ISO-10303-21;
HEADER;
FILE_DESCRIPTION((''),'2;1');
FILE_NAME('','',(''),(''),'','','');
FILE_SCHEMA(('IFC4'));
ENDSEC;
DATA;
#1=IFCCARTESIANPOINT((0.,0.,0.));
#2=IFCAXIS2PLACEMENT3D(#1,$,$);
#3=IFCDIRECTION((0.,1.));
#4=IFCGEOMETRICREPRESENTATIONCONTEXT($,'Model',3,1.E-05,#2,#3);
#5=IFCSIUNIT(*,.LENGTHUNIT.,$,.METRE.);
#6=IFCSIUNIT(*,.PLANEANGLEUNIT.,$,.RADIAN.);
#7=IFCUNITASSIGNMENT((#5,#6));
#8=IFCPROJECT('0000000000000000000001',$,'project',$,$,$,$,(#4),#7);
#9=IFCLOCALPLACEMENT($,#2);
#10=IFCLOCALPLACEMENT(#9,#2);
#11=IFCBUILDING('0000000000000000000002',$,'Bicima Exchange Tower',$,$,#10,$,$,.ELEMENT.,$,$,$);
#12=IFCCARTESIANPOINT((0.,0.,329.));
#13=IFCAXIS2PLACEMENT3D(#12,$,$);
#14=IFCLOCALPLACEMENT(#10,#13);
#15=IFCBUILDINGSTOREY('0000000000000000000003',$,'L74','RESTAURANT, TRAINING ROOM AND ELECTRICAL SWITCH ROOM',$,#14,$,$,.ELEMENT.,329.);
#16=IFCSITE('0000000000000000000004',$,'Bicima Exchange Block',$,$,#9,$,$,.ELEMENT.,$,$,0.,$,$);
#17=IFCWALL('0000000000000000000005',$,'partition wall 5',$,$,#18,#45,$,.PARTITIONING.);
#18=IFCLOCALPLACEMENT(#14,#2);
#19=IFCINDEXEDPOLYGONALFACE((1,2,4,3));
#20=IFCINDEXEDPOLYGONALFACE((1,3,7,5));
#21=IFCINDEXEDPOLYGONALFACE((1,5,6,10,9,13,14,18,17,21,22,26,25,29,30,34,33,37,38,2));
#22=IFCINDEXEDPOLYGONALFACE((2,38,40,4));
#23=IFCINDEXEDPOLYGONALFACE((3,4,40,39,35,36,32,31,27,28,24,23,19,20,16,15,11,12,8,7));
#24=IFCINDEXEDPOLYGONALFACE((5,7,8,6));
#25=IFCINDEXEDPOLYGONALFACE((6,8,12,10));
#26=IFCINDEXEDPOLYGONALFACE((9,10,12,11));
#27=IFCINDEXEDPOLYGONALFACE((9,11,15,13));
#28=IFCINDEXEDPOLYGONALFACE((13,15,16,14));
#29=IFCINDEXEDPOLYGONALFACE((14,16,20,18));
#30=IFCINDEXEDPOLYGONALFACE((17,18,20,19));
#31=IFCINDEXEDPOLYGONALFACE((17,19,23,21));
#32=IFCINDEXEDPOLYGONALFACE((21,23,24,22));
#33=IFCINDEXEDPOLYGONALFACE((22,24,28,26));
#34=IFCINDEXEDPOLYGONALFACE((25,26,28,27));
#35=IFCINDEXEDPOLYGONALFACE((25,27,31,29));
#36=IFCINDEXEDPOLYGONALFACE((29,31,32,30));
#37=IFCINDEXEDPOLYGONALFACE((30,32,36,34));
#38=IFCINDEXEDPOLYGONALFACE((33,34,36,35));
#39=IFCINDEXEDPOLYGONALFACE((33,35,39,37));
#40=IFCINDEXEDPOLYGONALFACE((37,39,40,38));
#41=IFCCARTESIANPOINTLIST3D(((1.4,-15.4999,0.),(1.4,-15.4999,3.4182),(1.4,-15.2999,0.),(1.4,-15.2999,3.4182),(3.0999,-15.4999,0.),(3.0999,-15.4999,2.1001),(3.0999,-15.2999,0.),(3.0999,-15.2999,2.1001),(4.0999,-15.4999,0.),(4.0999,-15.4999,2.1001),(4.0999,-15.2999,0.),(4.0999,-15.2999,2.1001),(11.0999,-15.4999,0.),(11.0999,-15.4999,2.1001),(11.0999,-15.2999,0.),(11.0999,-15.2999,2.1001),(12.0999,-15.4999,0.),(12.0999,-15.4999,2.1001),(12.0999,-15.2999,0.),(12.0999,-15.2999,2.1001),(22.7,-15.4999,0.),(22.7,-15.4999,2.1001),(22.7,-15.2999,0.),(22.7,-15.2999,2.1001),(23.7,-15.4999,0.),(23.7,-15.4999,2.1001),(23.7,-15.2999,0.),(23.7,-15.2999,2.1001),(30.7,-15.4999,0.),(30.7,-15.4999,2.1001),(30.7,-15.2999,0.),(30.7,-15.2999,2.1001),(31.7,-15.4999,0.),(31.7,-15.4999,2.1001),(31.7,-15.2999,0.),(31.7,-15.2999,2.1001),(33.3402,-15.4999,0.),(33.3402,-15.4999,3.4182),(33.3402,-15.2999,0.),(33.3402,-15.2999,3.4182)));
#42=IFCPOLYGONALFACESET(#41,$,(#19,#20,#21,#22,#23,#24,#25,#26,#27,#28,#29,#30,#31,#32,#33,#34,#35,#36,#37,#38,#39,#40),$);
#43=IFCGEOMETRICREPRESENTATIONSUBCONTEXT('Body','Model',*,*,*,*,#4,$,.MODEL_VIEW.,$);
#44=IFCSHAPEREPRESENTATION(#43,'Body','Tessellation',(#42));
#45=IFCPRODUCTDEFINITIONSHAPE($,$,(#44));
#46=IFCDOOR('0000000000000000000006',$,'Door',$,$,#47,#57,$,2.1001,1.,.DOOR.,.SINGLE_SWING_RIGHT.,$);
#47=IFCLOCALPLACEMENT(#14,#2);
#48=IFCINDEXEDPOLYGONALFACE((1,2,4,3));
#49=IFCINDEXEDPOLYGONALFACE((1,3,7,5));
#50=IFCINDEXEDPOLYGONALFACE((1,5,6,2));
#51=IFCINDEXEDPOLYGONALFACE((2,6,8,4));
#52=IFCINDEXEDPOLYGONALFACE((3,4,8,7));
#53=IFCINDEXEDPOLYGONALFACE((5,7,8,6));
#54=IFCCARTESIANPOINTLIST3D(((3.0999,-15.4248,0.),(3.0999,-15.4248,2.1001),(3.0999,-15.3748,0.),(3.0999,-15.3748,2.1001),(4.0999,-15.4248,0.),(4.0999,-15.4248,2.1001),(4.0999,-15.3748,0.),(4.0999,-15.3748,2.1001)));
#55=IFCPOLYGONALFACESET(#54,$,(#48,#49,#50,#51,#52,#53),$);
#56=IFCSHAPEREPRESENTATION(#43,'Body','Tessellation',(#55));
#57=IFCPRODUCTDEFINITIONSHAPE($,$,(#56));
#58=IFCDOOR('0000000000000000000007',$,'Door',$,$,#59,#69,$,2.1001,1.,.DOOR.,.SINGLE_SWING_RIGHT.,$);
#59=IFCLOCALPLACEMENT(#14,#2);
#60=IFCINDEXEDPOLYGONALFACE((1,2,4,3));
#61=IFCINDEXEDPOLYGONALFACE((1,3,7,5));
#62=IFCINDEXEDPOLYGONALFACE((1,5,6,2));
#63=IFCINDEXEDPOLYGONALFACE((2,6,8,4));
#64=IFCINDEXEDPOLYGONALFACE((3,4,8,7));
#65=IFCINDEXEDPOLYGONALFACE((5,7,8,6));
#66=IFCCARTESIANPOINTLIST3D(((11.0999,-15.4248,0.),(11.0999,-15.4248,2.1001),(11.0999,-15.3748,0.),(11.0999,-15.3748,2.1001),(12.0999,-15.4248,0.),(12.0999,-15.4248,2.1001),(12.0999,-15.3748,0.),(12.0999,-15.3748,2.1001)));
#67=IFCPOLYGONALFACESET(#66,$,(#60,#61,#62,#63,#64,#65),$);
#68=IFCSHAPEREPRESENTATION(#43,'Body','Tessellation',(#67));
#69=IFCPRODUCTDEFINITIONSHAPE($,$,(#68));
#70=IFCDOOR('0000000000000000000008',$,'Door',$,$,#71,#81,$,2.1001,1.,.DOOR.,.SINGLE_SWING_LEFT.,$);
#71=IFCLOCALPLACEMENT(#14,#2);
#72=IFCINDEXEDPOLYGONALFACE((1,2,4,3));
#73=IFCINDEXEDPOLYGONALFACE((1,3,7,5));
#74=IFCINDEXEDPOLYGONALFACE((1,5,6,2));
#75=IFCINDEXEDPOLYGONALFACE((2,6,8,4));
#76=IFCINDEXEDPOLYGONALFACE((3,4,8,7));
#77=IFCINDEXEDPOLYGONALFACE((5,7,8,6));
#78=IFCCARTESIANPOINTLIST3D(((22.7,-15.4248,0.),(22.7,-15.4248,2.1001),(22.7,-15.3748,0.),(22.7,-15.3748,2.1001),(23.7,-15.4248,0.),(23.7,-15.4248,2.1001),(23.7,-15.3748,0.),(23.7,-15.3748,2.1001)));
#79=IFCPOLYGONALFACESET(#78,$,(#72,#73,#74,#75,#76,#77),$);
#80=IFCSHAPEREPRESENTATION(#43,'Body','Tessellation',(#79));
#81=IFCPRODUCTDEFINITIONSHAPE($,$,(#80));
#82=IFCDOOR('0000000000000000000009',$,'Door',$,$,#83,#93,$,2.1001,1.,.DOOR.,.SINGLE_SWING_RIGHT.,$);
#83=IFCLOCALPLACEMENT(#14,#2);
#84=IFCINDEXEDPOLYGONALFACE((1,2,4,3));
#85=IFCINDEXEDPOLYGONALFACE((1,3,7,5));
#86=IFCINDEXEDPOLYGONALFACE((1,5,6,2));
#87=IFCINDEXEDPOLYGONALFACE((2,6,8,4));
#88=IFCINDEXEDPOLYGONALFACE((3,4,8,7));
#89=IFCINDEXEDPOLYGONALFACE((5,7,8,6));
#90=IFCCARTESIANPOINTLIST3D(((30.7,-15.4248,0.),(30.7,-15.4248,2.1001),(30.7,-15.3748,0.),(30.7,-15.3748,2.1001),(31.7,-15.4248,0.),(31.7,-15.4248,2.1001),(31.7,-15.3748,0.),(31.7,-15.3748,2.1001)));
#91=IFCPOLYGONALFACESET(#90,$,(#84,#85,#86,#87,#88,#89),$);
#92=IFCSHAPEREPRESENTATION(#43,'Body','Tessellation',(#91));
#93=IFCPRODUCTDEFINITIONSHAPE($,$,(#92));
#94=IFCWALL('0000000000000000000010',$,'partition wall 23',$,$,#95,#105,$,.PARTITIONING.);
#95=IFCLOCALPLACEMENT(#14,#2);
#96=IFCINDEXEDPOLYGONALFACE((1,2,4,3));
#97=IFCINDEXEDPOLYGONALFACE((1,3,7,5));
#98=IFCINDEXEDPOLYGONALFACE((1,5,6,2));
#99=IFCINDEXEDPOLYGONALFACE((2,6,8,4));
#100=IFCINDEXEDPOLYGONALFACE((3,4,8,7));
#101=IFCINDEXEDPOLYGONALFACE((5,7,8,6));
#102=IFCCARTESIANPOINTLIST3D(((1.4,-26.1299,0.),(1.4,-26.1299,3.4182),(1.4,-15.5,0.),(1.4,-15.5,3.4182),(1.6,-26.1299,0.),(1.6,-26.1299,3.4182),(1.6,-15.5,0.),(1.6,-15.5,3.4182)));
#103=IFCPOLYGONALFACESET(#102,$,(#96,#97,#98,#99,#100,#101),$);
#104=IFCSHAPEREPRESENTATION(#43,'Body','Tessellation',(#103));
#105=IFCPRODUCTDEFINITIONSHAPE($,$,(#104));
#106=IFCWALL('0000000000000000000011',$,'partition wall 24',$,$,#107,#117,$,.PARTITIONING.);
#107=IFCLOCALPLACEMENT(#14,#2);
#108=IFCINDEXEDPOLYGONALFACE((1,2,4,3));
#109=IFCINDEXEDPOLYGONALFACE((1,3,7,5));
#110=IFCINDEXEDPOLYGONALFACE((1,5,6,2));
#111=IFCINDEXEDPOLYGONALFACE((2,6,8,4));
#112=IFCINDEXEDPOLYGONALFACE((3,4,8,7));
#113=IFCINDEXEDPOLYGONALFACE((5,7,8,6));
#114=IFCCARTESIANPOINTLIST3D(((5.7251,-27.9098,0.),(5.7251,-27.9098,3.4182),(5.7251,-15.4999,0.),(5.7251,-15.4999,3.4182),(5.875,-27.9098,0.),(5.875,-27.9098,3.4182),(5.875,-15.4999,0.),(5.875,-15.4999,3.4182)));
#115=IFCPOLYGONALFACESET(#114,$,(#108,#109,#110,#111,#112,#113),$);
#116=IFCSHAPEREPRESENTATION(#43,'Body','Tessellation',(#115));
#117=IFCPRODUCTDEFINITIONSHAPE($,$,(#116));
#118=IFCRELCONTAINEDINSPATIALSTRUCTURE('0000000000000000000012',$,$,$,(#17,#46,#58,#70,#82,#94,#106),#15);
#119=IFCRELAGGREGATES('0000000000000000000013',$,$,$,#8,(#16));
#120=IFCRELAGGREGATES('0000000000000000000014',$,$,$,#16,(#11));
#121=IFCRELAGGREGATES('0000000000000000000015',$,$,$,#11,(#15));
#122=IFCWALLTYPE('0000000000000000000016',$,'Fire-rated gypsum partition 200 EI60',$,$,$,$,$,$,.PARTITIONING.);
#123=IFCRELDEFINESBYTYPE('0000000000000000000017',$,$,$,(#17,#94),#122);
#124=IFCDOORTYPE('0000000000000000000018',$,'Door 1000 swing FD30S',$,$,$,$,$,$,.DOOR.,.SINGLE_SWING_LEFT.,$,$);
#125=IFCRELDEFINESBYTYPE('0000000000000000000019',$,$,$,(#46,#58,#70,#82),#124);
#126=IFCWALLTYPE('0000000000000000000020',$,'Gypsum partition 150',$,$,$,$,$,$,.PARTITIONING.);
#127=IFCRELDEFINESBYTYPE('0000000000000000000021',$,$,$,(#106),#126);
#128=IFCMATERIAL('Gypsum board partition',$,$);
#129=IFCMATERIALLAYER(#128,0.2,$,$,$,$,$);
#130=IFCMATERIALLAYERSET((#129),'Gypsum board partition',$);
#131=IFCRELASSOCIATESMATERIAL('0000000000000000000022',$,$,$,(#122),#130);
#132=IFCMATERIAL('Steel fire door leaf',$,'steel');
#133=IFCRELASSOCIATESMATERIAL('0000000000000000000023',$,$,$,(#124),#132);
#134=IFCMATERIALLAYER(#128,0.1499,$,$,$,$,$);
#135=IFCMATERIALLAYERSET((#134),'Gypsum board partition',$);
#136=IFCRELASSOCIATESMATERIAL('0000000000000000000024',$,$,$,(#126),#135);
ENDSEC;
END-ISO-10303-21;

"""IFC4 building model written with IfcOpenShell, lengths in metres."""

from ifc_helpers import new_model, si_unit, direction, frame, frame_2d, origin, place, context, subcontext, project, spatial, rectangle, extrude, material, layer, layer_set, type_object, element, fill, save


model = new_model("IFC4")

# Units and contexts
model_context = context("Model", 3, precision=1e-05, world=origin(), true_north=direction((0.0, 1.0)))
body_context = subcontext(model_context, "Body", "Model", "MODEL_VIEW")
ifc_project = project(units=[si_unit("LENGTHUNIT", "METRE"), si_unit("PLANEANGLEUNIT", "RADIAN")], contexts=[model_context])

# Site, building, storey
site_placement = place(None, origin())
site = spatial("IfcSite", under=ifc_project, at=site_placement, Name="Bicima Exchange Block", CompositionType="ELEMENT", RefElevation=0.0)
building_placement = place(site_placement, origin())
building = spatial("IfcBuilding", under=site, at=building_placement, Name="Bicima Exchange Tower", CompositionType="ELEMENT")
storey_placement = place(building_placement, frame((0.0, 0.0, 329.0)))
storey = spatial("IfcBuildingStorey", under=building, at=storey_placement, Name="L74", Description="RESTAURANT, TRAINING ROOM AND ELECTRICAL SWITCH ROOM", CompositionType="ELEMENT", Elevation=329.0)

# Wall, openings, doors
ifc_material_1 = material(Name="Gypsum board partition")
ifc_layer_1 = layer(ifc_material_1, 0.2)
ifc_layer_set_1 = layer_set([ifc_layer_1], Name="Gypsum board partition")
wall_type_1 = type_object("IfcWallType", Name="Fire-rated gypsum partition 200 EI60", PredefinedType="PARTITIONING", material=ifc_layer_set_1)
wall_1_placement = place(storey_placement, frame((1.3999, -15.3999, 0.0), z_axis=(0.0, 0.0, 1.0), x_axis=(1.0, 0.0, 0.0)))
wall_1 = element("IfcWall", 1, at=wall_1_placement, inside=storey, type_object=wall_type_1, Name="partition wall 5", PredefinedType="PARTITIONING", context=body_context, shape_type="SweptSolid", body=[
    extrude(rectangle(XDim=31.9402, YDim=0.2, at=frame_2d((15.9702, 0.0))), origin(), (0.0, 0.0, 1.0), 3.4182),
])
opening_1_placement = place(wall_1_placement, frame((1.7, 0.0, 0.0)))
opening_1 = element("IfcOpeningElement", 2, at=opening_1_placement, cuts=wall_1, PredefinedType="OPENING", context=body_context, shape_type="SweptSolid", body=[
    extrude(rectangle(XDim=1.0, YDim=2.1001, at=frame_2d((0.5, 1.05))), frame((0.0, 0.1118, 0.0), z_axis=(0.0, -1.0, 0.0), x_axis=(1.0, 0.0, 0.0)), (0.0, 0.0, 1.0), 0.2239),
])
opening_2_placement = place(wall_1_placement, frame((9.7, 0.0, 0.0)))
opening_2 = element("IfcOpeningElement", 3, at=opening_2_placement, cuts=wall_1, PredefinedType="OPENING", context=body_context, shape_type="SweptSolid", body=[
    extrude(rectangle(XDim=1.0, YDim=2.1001, at=frame_2d((0.5, 1.05))), frame((0.0, 0.1118, 0.0), z_axis=(0.0, -1.0, 0.0), x_axis=(1.0, 0.0, 0.0)), (0.0, 0.0, 1.0), 0.2239),
])
opening_3_placement = place(wall_1_placement, frame((21.3, 0.0, 0.0)))
opening_3 = element("IfcOpeningElement", 4, at=opening_3_placement, cuts=wall_1, PredefinedType="OPENING", context=body_context, shape_type="SweptSolid", body=[
    extrude(rectangle(XDim=1.0, YDim=2.1001, at=frame_2d((0.5, 1.05))), frame((0.0, 0.1118, 0.0), z_axis=(0.0, -1.0, 0.0), x_axis=(1.0, 0.0, 0.0)), (0.0, 0.0, 1.0), 0.2239),
])
opening_4_placement = place(wall_1_placement, frame((29.3, 0.0, 0.0)))
opening_4 = element("IfcOpeningElement", 5, at=opening_4_placement, cuts=wall_1, PredefinedType="OPENING", context=body_context, shape_type="SweptSolid", body=[
    extrude(rectangle(XDim=1.0, YDim=2.1001, at=frame_2d((0.5, 1.05))), frame((0.0, 0.1118, 0.0), z_axis=(0.0, -1.0, 0.0), x_axis=(1.0, 0.0, 0.0)), (0.0, 0.0, 1.0), 0.2239),
])
ifc_material_2 = material(Name="Steel fire door leaf", Category="steel")
door_type = type_object("IfcDoorType", Name="Door 1000 swing FD30S", OperationType="SINGLE_SWING_LEFT", PredefinedType="DOOR", material=ifc_material_2)
door_1_placement = place(opening_1_placement, frame((1.0, 0.0, 0.0), z_axis=(0.0, 0.0, 1.0), x_axis=(-1.0, 0.0, 0.0)))
door_1 = element("IfcDoor", 6, at=door_1_placement, inside=storey, type_object=door_type, Name="Door", OperationType="SINGLE_SWING_RIGHT", OverallHeight=2.1001, OverallWidth=1.0, PredefinedType="DOOR", context=body_context, shape_type="SweptSolid", body=[
    extrude(rectangle(XDim=1.0, YDim=2.1001, at=frame_2d((0.5, 1.05))), frame((0.0, 0.0249, 0.0), z_axis=(0.0, -1.0, 0.0), x_axis=(1.0, 0.0, 0.0)), (0.0, 0.0, 1.0), 0.05),
])
fill(opening_1, door_1)
door_2_placement = place(opening_2_placement, frame((1.0, 0.0, 0.0), z_axis=(0.0, 0.0, 1.0), x_axis=(-1.0, 0.0, 0.0)))
door_2 = element("IfcDoor", 7, at=door_2_placement, inside=storey, type_object=door_type, Name="Door", OperationType="SINGLE_SWING_RIGHT", OverallHeight=2.1001, OverallWidth=1.0, PredefinedType="DOOR", context=body_context, shape_type="SweptSolid", body=[
    extrude(rectangle(XDim=1.0, YDim=2.1001, at=frame_2d((0.5, 1.05))), frame((0.0, 0.0249, 0.0), z_axis=(0.0, -1.0, 0.0), x_axis=(1.0, 0.0, 0.0)), (0.0, 0.0, 1.0), 0.05),
])
fill(opening_2, door_2)
door_3_placement = place(opening_3_placement, frame((1.0, 0.0, 0.0), z_axis=(0.0, 0.0, 1.0), x_axis=(-1.0, 0.0, 0.0)))
door_3 = element("IfcDoor", 8, at=door_3_placement, inside=storey, type_object=door_type, Name="Door", OperationType="SINGLE_SWING_LEFT", OverallHeight=2.1001, OverallWidth=1.0, PredefinedType="DOOR", context=body_context, shape_type="SweptSolid", body=[
    extrude(rectangle(XDim=1.0, YDim=2.1001, at=frame_2d((0.5, 1.05))), frame((0.0, 0.0249, 0.0), z_axis=(0.0, -1.0, 0.0), x_axis=(1.0, 0.0, 0.0)), (0.0, 0.0, 1.0), 0.05),
])
fill(opening_3, door_3)
door_4_placement = place(opening_4_placement, frame((1.0, 0.0, 0.0), z_axis=(0.0, 0.0, 1.0), x_axis=(-1.0, 0.0, 0.0)))
door_4 = element("IfcDoor", 9, at=door_4_placement, inside=storey, type_object=door_type, Name="Door", OperationType="SINGLE_SWING_RIGHT", OverallHeight=2.1001, OverallWidth=1.0, PredefinedType="DOOR", context=body_context, shape_type="SweptSolid", body=[
    extrude(rectangle(XDim=1.0, YDim=2.1001, at=frame_2d((0.5, 1.05))), frame((0.0, 0.0249, 0.0), z_axis=(0.0, -1.0, 0.0), x_axis=(1.0, 0.0, 0.0)), (0.0, 0.0, 1.0), 0.05),
])
fill(opening_4, door_4)

# Walls
wall_2_placement = place(storey_placement, frame((1.5, -26.1299, 0.0), z_axis=(0.0, 0.0, 1.0), x_axis=(0.0, 1.0, 0.0)))
element("IfcWall", 10, at=wall_2_placement, inside=storey, type_object=wall_type_1, Name="partition wall 23", PredefinedType="PARTITIONING", context=body_context, shape_type="SweptSolid", body=[
    extrude(rectangle(XDim=10.6299, YDim=0.2, at=frame_2d((5.3149, 0.0))), origin(), (0.0, 0.0, 1.0), 3.4182),
])
ifc_layer_2 = layer(ifc_material_1, 0.1499)
ifc_layer_set_2 = layer_set([ifc_layer_2], Name="Gypsum board partition")
wall_type_2 = type_object("IfcWallType", Name="Gypsum partition 150", PredefinedType="PARTITIONING", material=ifc_layer_set_2)
wall_3_placement = place(storey_placement, frame((5.8, -27.9099, 0.0), z_axis=(0.0, 0.0, 1.0), x_axis=(0.0, 1.0, 0.0)))
element("IfcWall", 11, at=wall_3_placement, inside=storey, type_object=wall_type_2, Name="partition wall 24", PredefinedType="PARTITIONING", context=body_context, shape_type="SweptSolid", body=[
    extrude(rectangle(XDim=12.4099, YDim=0.1499, at=frame_2d((6.2051, 0.0))), origin(), (0.0, 0.0, 1.0), 3.4182),
])

save(model, "model.ifc")
